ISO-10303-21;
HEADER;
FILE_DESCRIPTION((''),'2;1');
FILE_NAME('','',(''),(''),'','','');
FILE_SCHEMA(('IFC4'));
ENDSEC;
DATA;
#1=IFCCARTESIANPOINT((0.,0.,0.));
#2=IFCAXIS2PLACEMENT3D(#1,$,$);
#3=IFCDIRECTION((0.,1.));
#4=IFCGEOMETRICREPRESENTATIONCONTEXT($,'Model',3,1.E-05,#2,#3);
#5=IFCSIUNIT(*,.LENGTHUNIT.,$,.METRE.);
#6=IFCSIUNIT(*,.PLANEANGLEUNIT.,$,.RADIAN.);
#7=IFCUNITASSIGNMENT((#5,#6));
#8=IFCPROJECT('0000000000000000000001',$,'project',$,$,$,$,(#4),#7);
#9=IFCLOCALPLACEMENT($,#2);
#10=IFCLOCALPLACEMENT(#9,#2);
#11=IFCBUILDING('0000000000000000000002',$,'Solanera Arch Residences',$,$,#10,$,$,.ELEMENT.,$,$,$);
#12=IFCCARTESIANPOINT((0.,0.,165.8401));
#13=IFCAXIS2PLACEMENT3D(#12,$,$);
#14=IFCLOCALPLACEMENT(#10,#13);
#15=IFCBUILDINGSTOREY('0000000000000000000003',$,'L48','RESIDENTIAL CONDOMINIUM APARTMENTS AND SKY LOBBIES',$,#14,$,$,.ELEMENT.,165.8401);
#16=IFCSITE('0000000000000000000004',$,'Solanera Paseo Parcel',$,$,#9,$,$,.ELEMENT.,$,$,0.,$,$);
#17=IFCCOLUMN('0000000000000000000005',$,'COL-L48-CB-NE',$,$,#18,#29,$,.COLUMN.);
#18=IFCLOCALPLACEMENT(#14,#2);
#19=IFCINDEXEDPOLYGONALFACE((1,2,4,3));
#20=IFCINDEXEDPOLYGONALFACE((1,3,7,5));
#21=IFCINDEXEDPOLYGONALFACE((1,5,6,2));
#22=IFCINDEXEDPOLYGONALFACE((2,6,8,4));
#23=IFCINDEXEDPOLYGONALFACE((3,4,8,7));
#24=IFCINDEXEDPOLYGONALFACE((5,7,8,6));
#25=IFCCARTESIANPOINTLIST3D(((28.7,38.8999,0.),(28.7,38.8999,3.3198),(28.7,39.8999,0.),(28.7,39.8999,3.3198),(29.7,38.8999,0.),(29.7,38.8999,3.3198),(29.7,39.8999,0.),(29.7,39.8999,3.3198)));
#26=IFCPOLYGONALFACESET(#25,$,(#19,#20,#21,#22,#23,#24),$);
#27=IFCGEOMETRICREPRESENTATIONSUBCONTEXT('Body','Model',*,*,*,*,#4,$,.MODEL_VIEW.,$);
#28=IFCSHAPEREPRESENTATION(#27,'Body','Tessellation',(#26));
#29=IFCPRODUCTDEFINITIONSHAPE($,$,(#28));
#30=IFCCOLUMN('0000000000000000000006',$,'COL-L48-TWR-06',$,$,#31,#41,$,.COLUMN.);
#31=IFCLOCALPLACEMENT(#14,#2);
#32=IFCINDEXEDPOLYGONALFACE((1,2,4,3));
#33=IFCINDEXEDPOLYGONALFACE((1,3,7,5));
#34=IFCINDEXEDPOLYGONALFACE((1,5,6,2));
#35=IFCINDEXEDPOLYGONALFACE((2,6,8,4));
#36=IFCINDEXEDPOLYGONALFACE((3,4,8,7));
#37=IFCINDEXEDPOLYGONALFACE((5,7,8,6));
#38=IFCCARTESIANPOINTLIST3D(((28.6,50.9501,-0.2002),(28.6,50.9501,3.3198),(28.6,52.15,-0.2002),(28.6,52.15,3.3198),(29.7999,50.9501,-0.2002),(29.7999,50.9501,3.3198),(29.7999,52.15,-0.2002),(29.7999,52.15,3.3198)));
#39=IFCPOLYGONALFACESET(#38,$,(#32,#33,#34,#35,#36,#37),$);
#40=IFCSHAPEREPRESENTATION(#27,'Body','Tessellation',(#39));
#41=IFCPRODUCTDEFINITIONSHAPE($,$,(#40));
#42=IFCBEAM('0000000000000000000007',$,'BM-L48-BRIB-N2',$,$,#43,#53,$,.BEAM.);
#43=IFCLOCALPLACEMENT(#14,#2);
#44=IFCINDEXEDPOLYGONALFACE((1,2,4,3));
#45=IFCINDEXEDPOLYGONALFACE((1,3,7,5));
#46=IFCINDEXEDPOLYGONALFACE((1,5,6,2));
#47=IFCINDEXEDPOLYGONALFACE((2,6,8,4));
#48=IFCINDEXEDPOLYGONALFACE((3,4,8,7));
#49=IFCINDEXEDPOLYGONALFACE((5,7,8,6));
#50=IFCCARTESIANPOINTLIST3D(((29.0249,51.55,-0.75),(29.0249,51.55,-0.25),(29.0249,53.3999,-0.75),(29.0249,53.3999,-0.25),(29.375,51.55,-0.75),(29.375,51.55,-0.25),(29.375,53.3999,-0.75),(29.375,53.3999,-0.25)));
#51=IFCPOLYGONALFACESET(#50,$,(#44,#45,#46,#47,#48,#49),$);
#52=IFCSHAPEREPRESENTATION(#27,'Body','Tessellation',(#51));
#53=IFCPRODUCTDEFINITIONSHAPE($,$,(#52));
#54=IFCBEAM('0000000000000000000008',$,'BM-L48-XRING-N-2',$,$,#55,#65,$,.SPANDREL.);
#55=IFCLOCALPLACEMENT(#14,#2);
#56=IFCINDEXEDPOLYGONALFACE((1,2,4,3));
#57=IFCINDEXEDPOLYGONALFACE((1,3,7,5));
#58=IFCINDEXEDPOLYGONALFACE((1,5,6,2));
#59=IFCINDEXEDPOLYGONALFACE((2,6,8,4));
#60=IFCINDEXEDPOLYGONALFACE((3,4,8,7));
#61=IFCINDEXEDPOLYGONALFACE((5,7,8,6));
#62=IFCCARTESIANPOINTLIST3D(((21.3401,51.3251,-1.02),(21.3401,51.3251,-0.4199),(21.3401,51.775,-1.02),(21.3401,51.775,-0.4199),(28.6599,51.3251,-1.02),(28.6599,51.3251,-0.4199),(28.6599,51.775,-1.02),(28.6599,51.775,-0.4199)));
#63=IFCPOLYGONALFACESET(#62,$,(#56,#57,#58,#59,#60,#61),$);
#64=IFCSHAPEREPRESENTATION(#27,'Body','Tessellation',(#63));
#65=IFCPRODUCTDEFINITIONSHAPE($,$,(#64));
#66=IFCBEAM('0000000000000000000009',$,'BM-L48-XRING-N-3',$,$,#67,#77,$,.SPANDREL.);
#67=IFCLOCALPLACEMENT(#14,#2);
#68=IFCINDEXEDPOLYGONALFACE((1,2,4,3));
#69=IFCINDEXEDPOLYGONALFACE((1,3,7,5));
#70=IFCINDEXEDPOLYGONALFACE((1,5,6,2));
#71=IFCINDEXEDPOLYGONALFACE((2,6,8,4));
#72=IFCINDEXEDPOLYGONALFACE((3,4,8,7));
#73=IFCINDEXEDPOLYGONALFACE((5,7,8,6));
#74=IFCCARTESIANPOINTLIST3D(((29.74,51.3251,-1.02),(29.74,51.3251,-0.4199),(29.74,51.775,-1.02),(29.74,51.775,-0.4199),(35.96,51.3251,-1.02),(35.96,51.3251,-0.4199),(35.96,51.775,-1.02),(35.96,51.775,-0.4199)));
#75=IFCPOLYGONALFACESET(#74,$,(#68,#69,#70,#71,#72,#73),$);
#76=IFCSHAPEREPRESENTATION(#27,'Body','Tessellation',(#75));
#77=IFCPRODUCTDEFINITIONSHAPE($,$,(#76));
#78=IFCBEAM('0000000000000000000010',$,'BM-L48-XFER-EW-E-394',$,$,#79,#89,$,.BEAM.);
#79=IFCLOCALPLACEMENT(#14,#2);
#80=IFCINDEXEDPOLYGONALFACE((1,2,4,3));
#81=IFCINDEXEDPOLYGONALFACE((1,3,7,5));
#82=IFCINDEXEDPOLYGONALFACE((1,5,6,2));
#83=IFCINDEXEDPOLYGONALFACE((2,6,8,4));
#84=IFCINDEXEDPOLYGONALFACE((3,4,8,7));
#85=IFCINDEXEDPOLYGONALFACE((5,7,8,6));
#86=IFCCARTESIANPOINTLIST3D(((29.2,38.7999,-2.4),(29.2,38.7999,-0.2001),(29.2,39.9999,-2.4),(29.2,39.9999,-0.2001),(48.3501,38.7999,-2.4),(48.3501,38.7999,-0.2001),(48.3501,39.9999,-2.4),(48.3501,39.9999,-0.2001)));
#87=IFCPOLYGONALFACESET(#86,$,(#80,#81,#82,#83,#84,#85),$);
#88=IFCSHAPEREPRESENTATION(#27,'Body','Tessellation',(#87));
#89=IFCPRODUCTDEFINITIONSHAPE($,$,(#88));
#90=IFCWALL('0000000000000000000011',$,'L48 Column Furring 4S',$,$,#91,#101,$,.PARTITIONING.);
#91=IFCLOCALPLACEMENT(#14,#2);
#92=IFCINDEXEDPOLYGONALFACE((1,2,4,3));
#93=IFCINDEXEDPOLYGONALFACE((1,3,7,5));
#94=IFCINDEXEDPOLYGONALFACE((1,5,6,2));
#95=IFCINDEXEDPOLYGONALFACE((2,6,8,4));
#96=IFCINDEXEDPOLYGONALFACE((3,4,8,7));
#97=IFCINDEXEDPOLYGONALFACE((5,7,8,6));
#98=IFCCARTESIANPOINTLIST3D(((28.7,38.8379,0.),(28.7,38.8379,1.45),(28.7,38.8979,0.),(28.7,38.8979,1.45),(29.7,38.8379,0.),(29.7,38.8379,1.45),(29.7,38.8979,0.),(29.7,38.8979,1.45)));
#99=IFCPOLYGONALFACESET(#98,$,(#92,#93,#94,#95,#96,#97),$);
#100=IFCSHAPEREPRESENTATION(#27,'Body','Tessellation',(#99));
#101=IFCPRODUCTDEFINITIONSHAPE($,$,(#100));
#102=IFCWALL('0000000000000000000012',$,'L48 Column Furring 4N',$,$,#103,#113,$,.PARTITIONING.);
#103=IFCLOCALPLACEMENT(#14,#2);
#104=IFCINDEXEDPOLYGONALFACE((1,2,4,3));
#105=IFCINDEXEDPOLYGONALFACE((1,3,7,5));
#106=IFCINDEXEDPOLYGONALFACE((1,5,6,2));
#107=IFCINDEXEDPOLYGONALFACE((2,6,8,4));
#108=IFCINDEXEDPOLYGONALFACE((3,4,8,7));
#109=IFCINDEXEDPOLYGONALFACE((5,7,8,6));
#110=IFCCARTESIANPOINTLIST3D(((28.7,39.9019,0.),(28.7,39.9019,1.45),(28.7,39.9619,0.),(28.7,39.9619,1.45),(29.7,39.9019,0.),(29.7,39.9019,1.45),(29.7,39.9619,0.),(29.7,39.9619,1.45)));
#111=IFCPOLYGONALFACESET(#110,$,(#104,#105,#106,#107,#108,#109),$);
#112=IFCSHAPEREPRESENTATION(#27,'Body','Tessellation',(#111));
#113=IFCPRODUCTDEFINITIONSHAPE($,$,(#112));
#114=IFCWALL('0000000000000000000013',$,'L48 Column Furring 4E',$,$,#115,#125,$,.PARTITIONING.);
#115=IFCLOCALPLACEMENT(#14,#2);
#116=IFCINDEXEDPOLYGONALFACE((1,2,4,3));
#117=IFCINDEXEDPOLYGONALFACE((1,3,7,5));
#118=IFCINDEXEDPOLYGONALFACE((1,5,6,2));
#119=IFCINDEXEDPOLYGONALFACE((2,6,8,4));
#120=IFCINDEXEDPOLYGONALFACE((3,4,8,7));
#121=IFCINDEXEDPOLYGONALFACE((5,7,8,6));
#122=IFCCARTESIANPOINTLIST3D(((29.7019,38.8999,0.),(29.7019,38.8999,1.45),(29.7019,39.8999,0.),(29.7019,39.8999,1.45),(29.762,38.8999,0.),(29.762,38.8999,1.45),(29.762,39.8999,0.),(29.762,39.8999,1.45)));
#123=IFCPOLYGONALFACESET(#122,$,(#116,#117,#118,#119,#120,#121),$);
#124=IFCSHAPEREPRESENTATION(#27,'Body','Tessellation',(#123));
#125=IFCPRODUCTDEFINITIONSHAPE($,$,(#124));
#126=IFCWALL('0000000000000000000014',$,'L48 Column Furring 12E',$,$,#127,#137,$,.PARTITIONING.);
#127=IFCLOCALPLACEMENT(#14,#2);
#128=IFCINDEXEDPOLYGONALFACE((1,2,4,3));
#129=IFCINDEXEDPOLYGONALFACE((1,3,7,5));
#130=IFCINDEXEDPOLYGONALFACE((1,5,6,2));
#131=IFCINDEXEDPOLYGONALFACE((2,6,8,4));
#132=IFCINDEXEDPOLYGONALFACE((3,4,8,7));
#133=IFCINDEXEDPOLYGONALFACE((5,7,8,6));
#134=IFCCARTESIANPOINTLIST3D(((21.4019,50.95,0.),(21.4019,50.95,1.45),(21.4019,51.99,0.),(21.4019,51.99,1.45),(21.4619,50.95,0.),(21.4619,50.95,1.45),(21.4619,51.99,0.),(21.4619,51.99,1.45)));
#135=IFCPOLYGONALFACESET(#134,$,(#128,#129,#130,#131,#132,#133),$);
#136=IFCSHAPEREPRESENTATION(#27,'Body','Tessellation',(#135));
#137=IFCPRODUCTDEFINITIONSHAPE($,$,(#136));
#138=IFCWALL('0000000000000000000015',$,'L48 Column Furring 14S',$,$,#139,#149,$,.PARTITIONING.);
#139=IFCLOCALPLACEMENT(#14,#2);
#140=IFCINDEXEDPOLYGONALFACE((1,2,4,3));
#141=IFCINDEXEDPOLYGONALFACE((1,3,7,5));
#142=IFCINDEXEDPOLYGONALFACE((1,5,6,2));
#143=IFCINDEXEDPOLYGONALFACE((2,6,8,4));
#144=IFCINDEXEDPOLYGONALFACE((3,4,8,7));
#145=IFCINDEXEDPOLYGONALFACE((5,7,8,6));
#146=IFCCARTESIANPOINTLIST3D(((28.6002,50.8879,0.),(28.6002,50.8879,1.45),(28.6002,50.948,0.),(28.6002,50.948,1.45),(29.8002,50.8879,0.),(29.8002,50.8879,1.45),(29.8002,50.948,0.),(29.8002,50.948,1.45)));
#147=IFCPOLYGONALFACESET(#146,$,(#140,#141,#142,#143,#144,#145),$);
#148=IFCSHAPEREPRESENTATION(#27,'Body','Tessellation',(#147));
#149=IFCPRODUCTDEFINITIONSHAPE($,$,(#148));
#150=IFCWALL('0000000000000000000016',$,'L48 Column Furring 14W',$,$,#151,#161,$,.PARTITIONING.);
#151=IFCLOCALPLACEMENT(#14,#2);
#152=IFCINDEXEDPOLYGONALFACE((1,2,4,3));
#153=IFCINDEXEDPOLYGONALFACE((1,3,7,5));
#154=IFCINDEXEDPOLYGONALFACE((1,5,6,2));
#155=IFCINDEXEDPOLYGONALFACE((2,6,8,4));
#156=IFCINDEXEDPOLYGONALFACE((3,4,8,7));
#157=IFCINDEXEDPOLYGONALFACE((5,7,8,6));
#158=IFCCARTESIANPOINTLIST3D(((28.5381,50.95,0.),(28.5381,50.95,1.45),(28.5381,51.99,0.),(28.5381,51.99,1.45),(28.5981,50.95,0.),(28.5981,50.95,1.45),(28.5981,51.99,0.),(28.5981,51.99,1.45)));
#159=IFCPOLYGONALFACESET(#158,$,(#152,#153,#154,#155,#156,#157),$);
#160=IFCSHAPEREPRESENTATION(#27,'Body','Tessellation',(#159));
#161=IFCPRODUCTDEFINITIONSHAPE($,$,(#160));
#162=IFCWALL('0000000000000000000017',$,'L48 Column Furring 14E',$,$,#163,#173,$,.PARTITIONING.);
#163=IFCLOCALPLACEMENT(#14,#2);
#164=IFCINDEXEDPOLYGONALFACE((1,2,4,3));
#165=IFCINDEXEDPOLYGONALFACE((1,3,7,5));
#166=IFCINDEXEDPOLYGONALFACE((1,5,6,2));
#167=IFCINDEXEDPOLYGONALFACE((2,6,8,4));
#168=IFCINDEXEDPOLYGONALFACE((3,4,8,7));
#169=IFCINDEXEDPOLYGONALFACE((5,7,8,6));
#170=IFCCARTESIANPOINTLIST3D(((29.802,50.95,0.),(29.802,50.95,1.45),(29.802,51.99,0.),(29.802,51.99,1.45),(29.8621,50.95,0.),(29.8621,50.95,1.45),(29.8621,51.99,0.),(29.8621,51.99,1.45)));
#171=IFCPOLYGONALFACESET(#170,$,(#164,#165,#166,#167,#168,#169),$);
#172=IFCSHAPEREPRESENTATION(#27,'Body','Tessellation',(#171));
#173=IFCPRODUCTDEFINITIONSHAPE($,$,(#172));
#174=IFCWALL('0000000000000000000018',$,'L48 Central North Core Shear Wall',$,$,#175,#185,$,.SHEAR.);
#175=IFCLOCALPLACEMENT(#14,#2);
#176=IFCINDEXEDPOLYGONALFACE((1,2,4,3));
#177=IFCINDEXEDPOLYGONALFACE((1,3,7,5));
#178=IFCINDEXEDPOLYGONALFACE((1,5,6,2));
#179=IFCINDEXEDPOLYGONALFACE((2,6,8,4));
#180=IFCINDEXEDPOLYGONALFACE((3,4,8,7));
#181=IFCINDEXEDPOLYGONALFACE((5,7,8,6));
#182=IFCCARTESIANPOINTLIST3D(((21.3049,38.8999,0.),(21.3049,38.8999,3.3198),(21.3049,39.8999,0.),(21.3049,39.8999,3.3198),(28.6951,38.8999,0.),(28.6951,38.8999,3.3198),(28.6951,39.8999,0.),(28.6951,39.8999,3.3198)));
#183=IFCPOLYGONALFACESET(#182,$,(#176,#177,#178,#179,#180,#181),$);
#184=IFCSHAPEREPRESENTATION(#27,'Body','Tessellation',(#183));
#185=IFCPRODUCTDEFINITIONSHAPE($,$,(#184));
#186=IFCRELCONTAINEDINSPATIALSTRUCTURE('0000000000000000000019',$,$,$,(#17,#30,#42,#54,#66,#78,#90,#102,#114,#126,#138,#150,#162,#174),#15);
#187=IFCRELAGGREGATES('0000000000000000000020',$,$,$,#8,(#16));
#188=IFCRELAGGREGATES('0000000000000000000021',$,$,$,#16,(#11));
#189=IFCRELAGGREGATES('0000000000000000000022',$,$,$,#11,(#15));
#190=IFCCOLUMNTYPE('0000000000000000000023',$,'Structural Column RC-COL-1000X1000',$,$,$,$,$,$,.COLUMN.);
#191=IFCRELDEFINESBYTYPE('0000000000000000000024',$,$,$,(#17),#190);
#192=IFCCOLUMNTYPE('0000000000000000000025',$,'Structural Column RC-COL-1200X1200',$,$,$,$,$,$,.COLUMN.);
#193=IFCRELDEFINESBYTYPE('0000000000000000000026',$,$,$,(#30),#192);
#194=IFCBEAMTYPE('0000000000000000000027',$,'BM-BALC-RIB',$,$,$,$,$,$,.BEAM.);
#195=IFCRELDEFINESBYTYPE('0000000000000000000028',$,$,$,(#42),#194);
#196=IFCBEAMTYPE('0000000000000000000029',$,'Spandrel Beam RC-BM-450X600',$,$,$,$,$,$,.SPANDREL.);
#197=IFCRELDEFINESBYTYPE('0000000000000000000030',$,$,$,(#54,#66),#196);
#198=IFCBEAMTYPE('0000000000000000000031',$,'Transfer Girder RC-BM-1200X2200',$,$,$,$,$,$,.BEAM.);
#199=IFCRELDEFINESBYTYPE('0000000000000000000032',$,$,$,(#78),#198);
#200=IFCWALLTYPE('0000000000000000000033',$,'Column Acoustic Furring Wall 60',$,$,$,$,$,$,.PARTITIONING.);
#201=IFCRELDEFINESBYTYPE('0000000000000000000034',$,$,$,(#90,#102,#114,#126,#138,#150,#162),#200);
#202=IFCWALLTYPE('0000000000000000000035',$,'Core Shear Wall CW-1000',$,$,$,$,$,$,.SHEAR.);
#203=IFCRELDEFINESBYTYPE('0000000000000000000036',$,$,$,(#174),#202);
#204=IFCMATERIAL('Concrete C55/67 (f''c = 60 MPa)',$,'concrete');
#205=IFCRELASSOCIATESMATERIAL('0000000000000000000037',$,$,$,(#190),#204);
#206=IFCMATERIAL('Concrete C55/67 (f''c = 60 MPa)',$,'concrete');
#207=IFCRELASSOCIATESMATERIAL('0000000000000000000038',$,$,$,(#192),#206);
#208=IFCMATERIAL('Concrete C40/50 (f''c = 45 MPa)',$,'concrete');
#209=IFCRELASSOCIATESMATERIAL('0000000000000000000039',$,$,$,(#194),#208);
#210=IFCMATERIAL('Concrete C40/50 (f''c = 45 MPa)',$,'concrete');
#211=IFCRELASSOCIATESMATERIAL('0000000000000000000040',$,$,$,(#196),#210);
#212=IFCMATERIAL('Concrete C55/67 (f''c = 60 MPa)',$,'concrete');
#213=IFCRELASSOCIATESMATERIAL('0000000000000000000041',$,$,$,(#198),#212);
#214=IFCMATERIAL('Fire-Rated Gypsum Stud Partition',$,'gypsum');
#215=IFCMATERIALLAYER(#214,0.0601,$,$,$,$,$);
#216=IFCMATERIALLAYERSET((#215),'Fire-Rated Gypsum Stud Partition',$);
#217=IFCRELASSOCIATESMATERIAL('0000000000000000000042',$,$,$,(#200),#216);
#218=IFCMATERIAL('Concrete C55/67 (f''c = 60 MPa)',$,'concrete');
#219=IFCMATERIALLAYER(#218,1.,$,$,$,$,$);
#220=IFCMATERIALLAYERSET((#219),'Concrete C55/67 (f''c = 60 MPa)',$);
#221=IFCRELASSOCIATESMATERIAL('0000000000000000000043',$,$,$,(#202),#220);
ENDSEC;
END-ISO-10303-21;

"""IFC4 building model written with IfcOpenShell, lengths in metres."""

from ifc_helpers import new_model, si_unit, direction, frame, frame_2d, origin, origin_2d, place, context, subcontext, project, spatial, rectangle, extrude, material, layer, layer_set, material_profile, profile_set, type_object, element, save


model = new_model("IFC4")

# Units and contexts
model_context = context("Model", 3, precision=1e-05, world=origin(), true_north=direction((0.0, 1.0)))
body_context = subcontext(model_context, "Body", "Model", "MODEL_VIEW")
ifc_project = project(units=[si_unit("LENGTHUNIT", "METRE"), si_unit("PLANEANGLEUNIT", "RADIAN")], contexts=[model_context])

# Site, building, storey
site_placement = place(None, origin())
site = spatial("IfcSite", under=ifc_project, at=site_placement, Name="Solanera Paseo Parcel", CompositionType="ELEMENT", RefElevation=0.0)
building_placement = place(site_placement, origin())
building = spatial("IfcBuilding", under=site, at=building_placement, Name="Solanera Arch Residences", CompositionType="ELEMENT")
storey_placement = place(building_placement, frame((0.0, 0.0, 165.8401)))
storey = spatial("IfcBuildingStorey", under=building, at=storey_placement, Name="L48", Description="RESIDENTIAL CONDOMINIUM APARTMENTS AND SKY LOBBIES", CompositionType="ELEMENT", Elevation=165.8401)

# Columns
ifc_material_1 = material(Name="Concrete C55/67 (f'c = 60 MPa)", Category="concrete")
ifc_material_profile_1 = material_profile(ifc_material_1, rectangle(XDim=1.0, YDim=1.0, at=origin_2d()))
ifc_profile_set_1 = profile_set([ifc_material_profile_1], Name="Concrete C55/67 (f'c = 60 MPa)")
column_type_1 = type_object("IfcColumnType", Name="Structural Column RC-COL-1000X1000", PredefinedType="COLUMN", material=ifc_profile_set_1)
column_1_placement = place(storey_placement, frame((29.2, 39.3999, 0.0), z_axis=(0.0, 0.0, 1.0), x_axis=(1.0, 0.0, 0.0)))
element("IfcColumn", 1, at=column_1_placement, inside=storey, type_object=column_type_1, Name="COL-L48-CB-NE", PredefinedType="COLUMN", context=body_context, shape_type="SweptSolid", body=[
    extrude(rectangle(XDim=1.0, YDim=1.0, at=origin_2d()), origin(), (0.0, 0.0, 1.0), 3.3198),
])
ifc_material_2 = material(Name="Concrete C55/67 (f'c = 60 MPa)", Category="concrete")
ifc_material_profile_2 = material_profile(ifc_material_2, rectangle(XDim=1.2, YDim=1.2, at=origin_2d()))
ifc_profile_set_2 = profile_set([ifc_material_profile_2], Name="Concrete C55/67 (f'c = 60 MPa)")
column_type_2 = type_object("IfcColumnType", Name="Structural Column RC-COL-1200X1200", PredefinedType="COLUMN", material=ifc_profile_set_2)
column_2_placement = place(storey_placement, frame((29.2, 51.55, -0.2002), z_axis=(0.0, 0.0, 1.0), x_axis=(1.0, 0.0, 0.0)))
element("IfcColumn", 2, at=column_2_placement, inside=storey, type_object=column_type_2, Name="COL-L48-TWR-06", PredefinedType="COLUMN", context=body_context, shape_type="SweptSolid", body=[
    extrude(rectangle(XDim=1.2, YDim=1.2, at=origin_2d()), origin(), (0.0, 0.0, 1.0), 3.52),
])

# Beams
ifc_material_3 = material(Name="Concrete C40/50 (f'c = 45 MPa)", Category="concrete")
ifc_material_profile_3 = material_profile(ifc_material_3, rectangle(XDim=0.3501, YDim=0.5, at=origin_2d()))
ifc_profile_set_3 = profile_set([ifc_material_profile_3], Name="Concrete C40/50 (f'c = 45 MPa)")
beam_type_1 = type_object("IfcBeamType", Name="BM-BALC-RIB", PredefinedType="BEAM", material=ifc_profile_set_3)
beam_1_placement = place(storey_placement, frame((29.2, 51.55, -0.5), z_axis=(0.0, 1.0, 0.0), x_axis=(-1.0, 0.0, 0.0)))
element("IfcBeam", 3, at=beam_1_placement, inside=storey, type_object=beam_type_1, Name="BM-L48-BRIB-N2", PredefinedType="BEAM", context=body_context, shape_type="SweptSolid", body=[
    extrude(rectangle(XDim=0.3501, YDim=0.5, at=origin_2d()), origin(), (0.0, 0.0, 1.0), 1.8499),
])
ifc_material_4 = material(Name="Concrete C40/50 (f'c = 45 MPa)", Category="concrete")
ifc_material_profile_4 = material_profile(ifc_material_4, rectangle(XDim=0.45, YDim=0.6001, at=origin_2d()))
ifc_profile_set_4 = profile_set([ifc_material_profile_4], Name="Concrete C40/50 (f'c = 45 MPa)")
beam_type_2 = type_object("IfcBeamType", Name="Spandrel Beam RC-BM-450X600", PredefinedType="SPANDREL", material=ifc_profile_set_4)
beam_2_placement = place(storey_placement, frame((21.3401, 51.55, -0.72), z_axis=(1.0, 0.0, 0.0), x_axis=(0.0, 1.0, 0.0)))
element("IfcBeam", 4, at=beam_2_placement, inside=storey, type_object=beam_type_2, Name="BM-L48-XRING-N-2", PredefinedType="SPANDREL", context=body_context, shape_type="SweptSolid", body=[
    extrude(rectangle(XDim=0.45, YDim=0.6001, at=origin_2d()), origin(), (0.0, 0.0, 1.0), 7.3198),
])
beam_3_placement = place(storey_placement, frame((29.74, 51.55, -0.72), z_axis=(1.0, 0.0, 0.0), x_axis=(0.0, 1.0, 0.0)))
element("IfcBeam", 5, at=beam_3_placement, inside=storey, type_object=beam_type_2, Name="BM-L48-XRING-N-3", PredefinedType="SPANDREL", context=body_context, shape_type="SweptSolid", body=[
    extrude(rectangle(XDim=0.45, YDim=0.6001, at=origin_2d()), origin(), (0.0, 0.0, 1.0), 6.22),
])
ifc_material_5 = material(Name="Concrete C55/67 (f'c = 60 MPa)", Category="concrete")
ifc_material_profile_5 = material_profile(ifc_material_5, rectangle(XDim=1.2, YDim=2.2, at=origin_2d()))
ifc_profile_set_5 = profile_set([ifc_material_profile_5], Name="Concrete C55/67 (f'c = 60 MPa)")
beam_type_3 = type_object("IfcBeamType", Name="Transfer Girder RC-BM-1200X2200", PredefinedType="BEAM", material=ifc_profile_set_5)
beam_4_placement = place(storey_placement, frame((29.2, 39.3999, -1.3), z_axis=(1.0, 0.0, 0.0), x_axis=(0.0, 1.0, 0.0)))
element("IfcBeam", 6, at=beam_4_placement, inside=storey, type_object=beam_type_3, Name="BM-L48-XFER-EW-E-394", PredefinedType="BEAM", context=body_context, shape_type="SweptSolid", body=[
    extrude(rectangle(XDim=1.2, YDim=2.2, at=origin_2d()), origin(), (0.0, 0.0, 1.0), 19.1501),
])

# Walls
ifc_material_6 = material(Name="Fire-Rated Gypsum Stud Partition", Category="gypsum")
ifc_layer_1 = layer(ifc_material_6, 0.0601)
ifc_layer_set_1 = layer_set([ifc_layer_1], Name="Fire-Rated Gypsum Stud Partition")
wall_type_1 = type_object("IfcWallType", Name="Column Acoustic Furring Wall 60", PredefinedType="PARTITIONING", material=ifc_layer_set_1)
for number, where, z_axis, x_axis, name in (
    (7, (28.7, 38.8679, 0.0), (0.0, 0.0, 1.0), (1.0, 0.0, 0.0), "L48 Column Furring 4S"),
    (8, (28.7, 39.9319, 0.0), (0.0, 0.0, 1.0), (1.0, 0.0, 0.0), "L48 Column Furring 4N"),
    (9, (29.7319, 38.8999, 0.0), (0.0, 0.0, 1.0), (0.0, 1.0, 0.0), "L48 Column Furring 4E"),
):
    element("IfcWall", number, at=place(storey_placement, frame(where, z_axis=z_axis, x_axis=x_axis)), inside=storey, type_object=wall_type_1, Name=name, PredefinedType="PARTITIONING", context=body_context, shape_type="SweptSolid", body=[
        extrude(rectangle(XDim=1.0, YDim=0.0601, at=frame_2d((0.5, 0.0))), origin(), (0.0, 0.0, 1.0), 1.45),
    ])
wall_1_placement = place(storey_placement, frame((21.4319, 50.95, 0.0), z_axis=(0.0, 0.0, 1.0), x_axis=(0.0, 1.0, 0.0)))
element("IfcWall", 10, at=wall_1_placement, inside=storey, type_object=wall_type_1, Name="L48 Column Furring 12E", PredefinedType="PARTITIONING", context=body_context, shape_type="SweptSolid", body=[
    extrude(rectangle(XDim=1.04, YDim=0.0601, at=frame_2d((0.52, 0.0))), origin(), (0.0, 0.0, 1.0), 1.45),
])
wall_2_placement = place(storey_placement, frame((28.6001, 50.918, 0.0), z_axis=(0.0, 0.0, 1.0), x_axis=(1.0, 0.0, 0.0)))
element("IfcWall", 11, at=wall_2_placement, inside=storey, type_object=wall_type_1, Name="L48 Column Furring 14S", PredefinedType="PARTITIONING", context=body_context, shape_type="SweptSolid", body=[
    extrude(rectangle(XDim=1.2, YDim=0.0601, at=frame_2d((0.6001, 0.0))), origin(), (0.0, 0.0, 1.0), 1.45),
])
for number, where, z_axis, x_axis, name in (
    (12, (28.5681, 50.95, 0.0), (0.0, 0.0, 1.0), (0.0, 1.0, 0.0), "L48 Column Furring 14W"),
    (13, (29.832, 50.95, 0.0), (0.0, 0.0, 1.0), (0.0, 1.0, 0.0), "L48 Column Furring 14E"),
):
    element("IfcWall", number, at=place(storey_placement, frame(where, z_axis=z_axis, x_axis=x_axis)), inside=storey, type_object=wall_type_1, Name=name, PredefinedType="PARTITIONING", context=body_context, shape_type="SweptSolid", body=[
        extrude(rectangle(XDim=1.04, YDim=0.0601, at=frame_2d((0.52, 0.0))), origin(), (0.0, 0.0, 1.0), 1.45),
    ])
ifc_material_7 = material(Name="Concrete C55/67 (f'c = 60 MPa)", Category="concrete")
ifc_layer_2 = layer(ifc_material_7, 1.0)
ifc_layer_set_2 = layer_set([ifc_layer_2], Name="Concrete C55/67 (f'c = 60 MPa)")
wall_type_2 = type_object("IfcWallType", Name="Core Shear Wall CW-1000", PredefinedType="SHEAR", material=ifc_layer_set_2)
wall_3_placement = place(storey_placement, frame((21.3049, 39.3999, 0.0), z_axis=(0.0, 0.0, 1.0), x_axis=(1.0, 0.0, 0.0)))
element("IfcWall", 14, at=wall_3_placement, inside=storey, type_object=wall_type_2, Name="L48 Central North Core Shear Wall", PredefinedType="SHEAR", context=body_context, shape_type="SweptSolid", body=[
    extrude(rectangle(XDim=7.3901, YDim=1.0, at=frame_2d((3.6951, 0.0))), origin(), (0.0, 0.0, 1.0), 3.3198),
])

save(model, "model.ifc")
